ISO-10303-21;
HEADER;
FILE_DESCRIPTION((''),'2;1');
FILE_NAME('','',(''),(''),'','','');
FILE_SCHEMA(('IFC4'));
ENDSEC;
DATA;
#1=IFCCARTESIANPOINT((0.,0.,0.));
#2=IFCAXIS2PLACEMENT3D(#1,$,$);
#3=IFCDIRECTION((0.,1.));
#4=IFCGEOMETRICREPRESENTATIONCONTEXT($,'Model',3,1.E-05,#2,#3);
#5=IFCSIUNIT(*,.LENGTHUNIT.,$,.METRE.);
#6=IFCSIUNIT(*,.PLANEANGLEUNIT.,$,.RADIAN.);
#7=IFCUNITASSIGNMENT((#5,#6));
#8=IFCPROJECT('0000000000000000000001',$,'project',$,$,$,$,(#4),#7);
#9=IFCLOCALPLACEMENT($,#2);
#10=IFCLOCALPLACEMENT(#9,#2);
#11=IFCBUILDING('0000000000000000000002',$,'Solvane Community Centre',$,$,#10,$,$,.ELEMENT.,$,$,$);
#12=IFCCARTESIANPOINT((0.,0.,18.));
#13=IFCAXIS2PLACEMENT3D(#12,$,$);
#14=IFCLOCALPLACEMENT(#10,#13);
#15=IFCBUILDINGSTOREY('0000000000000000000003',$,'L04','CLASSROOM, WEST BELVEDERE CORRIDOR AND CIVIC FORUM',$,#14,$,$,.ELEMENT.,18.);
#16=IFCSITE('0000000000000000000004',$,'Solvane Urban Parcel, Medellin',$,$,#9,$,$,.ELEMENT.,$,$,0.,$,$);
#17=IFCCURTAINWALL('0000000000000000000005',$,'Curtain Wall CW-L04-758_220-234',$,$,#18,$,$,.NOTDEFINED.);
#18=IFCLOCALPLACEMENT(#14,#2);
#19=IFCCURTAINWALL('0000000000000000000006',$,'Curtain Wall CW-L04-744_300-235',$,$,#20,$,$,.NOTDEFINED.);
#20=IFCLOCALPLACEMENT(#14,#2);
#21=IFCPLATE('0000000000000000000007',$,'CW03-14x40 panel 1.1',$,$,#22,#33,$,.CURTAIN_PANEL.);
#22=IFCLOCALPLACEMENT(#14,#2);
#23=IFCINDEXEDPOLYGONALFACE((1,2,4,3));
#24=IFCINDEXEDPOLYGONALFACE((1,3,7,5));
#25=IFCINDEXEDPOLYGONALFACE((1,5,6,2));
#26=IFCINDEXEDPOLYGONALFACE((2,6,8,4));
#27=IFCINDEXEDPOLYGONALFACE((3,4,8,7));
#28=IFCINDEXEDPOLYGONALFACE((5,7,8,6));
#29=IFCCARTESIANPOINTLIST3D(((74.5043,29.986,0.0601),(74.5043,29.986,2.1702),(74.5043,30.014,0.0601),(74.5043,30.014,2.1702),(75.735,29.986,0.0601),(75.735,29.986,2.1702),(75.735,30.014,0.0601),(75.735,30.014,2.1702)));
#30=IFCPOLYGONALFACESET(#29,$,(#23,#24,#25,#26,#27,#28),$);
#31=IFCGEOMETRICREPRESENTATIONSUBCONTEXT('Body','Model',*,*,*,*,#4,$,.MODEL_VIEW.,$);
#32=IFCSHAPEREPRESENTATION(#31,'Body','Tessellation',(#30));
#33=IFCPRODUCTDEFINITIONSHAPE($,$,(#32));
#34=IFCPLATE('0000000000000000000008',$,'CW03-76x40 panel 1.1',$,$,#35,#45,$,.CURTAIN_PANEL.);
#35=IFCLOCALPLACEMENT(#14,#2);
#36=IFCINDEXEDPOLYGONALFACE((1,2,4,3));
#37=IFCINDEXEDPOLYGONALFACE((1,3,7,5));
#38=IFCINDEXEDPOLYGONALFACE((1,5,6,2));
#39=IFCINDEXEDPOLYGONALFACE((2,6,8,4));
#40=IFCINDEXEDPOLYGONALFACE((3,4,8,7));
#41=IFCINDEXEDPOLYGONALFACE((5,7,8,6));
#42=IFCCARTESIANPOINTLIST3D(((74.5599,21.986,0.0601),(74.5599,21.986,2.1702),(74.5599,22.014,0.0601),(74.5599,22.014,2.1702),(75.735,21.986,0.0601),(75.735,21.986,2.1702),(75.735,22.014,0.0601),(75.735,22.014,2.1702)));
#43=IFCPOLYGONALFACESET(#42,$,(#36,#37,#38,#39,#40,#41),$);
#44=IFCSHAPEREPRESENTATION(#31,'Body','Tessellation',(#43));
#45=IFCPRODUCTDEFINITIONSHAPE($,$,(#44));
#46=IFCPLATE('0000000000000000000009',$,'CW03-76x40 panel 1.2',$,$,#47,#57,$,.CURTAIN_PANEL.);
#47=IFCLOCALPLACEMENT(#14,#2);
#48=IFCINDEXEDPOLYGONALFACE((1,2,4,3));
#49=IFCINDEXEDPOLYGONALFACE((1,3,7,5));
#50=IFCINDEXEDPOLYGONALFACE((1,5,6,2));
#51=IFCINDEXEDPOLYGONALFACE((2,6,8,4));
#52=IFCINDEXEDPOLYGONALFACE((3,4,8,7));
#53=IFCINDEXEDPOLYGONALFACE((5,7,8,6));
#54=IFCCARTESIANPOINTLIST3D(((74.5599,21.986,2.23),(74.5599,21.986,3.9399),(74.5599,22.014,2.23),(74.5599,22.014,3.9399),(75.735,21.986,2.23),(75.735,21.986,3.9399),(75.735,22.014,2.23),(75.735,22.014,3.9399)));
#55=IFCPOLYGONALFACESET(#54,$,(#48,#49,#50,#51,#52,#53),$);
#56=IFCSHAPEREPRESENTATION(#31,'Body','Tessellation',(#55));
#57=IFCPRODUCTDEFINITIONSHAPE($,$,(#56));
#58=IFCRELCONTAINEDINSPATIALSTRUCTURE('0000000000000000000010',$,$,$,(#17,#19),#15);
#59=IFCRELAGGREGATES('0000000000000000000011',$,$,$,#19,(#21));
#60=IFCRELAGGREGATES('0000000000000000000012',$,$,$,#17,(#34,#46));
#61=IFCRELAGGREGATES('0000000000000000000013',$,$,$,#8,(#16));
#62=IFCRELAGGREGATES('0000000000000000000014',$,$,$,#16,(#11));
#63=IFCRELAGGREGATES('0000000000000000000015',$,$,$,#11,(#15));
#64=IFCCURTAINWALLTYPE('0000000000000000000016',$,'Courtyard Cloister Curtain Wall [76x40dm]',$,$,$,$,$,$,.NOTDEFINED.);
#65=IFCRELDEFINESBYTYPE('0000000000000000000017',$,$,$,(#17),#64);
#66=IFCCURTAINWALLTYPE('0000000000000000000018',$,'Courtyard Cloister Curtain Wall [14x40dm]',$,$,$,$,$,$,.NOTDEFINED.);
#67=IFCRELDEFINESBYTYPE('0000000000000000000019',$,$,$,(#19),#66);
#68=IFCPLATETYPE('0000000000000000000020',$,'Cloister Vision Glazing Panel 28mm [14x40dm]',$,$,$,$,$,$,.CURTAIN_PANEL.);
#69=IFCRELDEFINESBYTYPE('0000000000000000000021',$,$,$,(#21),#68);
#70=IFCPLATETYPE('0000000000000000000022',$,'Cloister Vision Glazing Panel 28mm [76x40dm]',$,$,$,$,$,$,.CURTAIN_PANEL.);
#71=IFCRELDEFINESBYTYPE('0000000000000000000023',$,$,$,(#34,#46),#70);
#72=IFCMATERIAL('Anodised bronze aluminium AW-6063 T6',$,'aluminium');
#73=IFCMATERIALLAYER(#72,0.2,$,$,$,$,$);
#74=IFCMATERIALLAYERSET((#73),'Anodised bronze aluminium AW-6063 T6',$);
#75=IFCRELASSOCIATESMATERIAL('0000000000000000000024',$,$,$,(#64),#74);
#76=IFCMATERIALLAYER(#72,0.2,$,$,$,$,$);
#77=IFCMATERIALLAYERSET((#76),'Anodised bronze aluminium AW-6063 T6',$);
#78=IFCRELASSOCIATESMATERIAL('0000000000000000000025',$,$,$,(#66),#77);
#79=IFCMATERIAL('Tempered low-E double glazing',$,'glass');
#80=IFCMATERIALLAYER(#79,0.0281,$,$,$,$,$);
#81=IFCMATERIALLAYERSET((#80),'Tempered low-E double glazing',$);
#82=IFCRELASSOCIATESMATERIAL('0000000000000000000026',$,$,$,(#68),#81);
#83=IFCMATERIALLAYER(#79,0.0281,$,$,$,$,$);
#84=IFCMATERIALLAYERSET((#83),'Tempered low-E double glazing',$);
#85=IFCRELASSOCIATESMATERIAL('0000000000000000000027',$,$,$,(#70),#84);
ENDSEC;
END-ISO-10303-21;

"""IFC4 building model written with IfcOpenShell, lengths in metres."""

from ifc_helpers import new_model, si_unit, direction, frame, origin, origin_2d, place, context, subcontext, project, spatial, rectangle, extrude, material, layer, layer_set, type_object, element, aggregate, save


model = new_model("IFC4")

# Units and contexts
model_context = context("Model", 3, precision=1e-05, world=origin(), true_north=direction((0.0, 1.0)))
body_context = subcontext(model_context, "Body", "Model", "MODEL_VIEW")
ifc_project = project(units=[si_unit("LENGTHUNIT", "METRE"), si_unit("PLANEANGLEUNIT", "RADIAN")], contexts=[model_context])

# Site, building, storey
site_placement = place(None, origin())
site = spatial("IfcSite", under=ifc_project, at=site_placement, Name="Solvane Urban Parcel, Medellin", CompositionType="ELEMENT", RefElevation=0.0)
building_placement = place(site_placement, origin())
building = spatial("IfcBuilding", under=site, at=building_placement, Name="Solvane Community Centre", CompositionType="ELEMENT")
storey_placement = place(building_placement, frame((0.0, 0.0, 18.0)))
storey = spatial("IfcBuildingStorey", under=building, at=storey_placement, Name="L04", Description="CLASSROOM, WEST BELVEDERE CORRIDOR AND CIVIC FORUM", CompositionType="ELEMENT", Elevation=18.0)

# Curtain walls
ifc_material_1 = material(Name="Anodised bronze aluminium AW-6063 T6", Category="aluminium")
ifc_layer_1 = layer(ifc_material_1, 0.2)
ifc_layer_set_1 = layer_set([ifc_layer_1], Name="Anodised bronze aluminium AW-6063 T6")
curtain_wall_type_1 = type_object("IfcCurtainWallType", Name="Courtyard Cloister Curtain Wall [76x40dm]", PredefinedType="NOTDEFINED", material=ifc_layer_set_1)
curtain_wall_1_placement = place(storey_placement, origin())
curtain_wall_1 = element("IfcCurtainWall", 1, at=curtain_wall_1_placement, inside=storey, type_object=curtain_wall_type_1, Name="Curtain Wall CW-L04-758_220-234", PredefinedType="NOTDEFINED")
ifc_layer_2 = layer(ifc_material_1, 0.2)
ifc_layer_set_2 = layer_set([ifc_layer_2], Name="Anodised bronze aluminium AW-6063 T6")
curtain_wall_type_2 = type_object("IfcCurtainWallType", Name="Courtyard Cloister Curtain Wall [14x40dm]", PredefinedType="NOTDEFINED", material=ifc_layer_set_2)
curtain_wall_2_placement = place(storey_placement, origin())
curtain_wall_2 = element("IfcCurtainWall", 2, at=curtain_wall_2_placement, inside=storey, type_object=curtain_wall_type_2, Name="Curtain Wall CW-L04-744_300-235", PredefinedType="NOTDEFINED")

# Plates
ifc_material_2 = material(Name="Tempered low-E double glazing", Category="glass")
ifc_layer_3 = layer(ifc_material_2, 0.0281)
ifc_layer_set_3 = layer_set([ifc_layer_3], Name="Tempered low-E double glazing")
plate_type_1 = type_object("IfcPlateType", Name="Cloister Vision Glazing Panel 28mm [14x40dm]", PredefinedType="CURTAIN_PANEL", material=ifc_layer_set_3)
plate_1_placement = place(storey_placement, frame((75.1196, 30.0, 0.0601), z_axis=(0.0, 0.0, 1.0), x_axis=(1.0, 0.0, 0.0)))
plate_1 = element("IfcPlate", 3, at=plate_1_placement, type_object=plate_type_1, Name="CW03-14x40 panel 1.1", PredefinedType="CURTAIN_PANEL", context=body_context, shape_type="SweptSolid", body=[
    extrude(rectangle(XDim=1.2307, YDim=0.0281, at=origin_2d()), origin(), (0.0, 0.0, 1.0), 2.1101),
])
aggregate(curtain_wall_2, [plate_1])
ifc_layer_4 = layer(ifc_material_2, 0.0281)
ifc_layer_set_4 = layer_set([ifc_layer_4], Name="Tempered low-E double glazing")
plate_type_2 = type_object("IfcPlateType", Name="Cloister Vision Glazing Panel 28mm [76x40dm]", PredefinedType="CURTAIN_PANEL", material=ifc_layer_set_4)
plate_2_placement = place(storey_placement, frame((75.1475, 22.0, 0.0601), z_axis=(0.0, 0.0, 1.0), x_axis=(-1.0, 0.0, 0.0)))
plate_2 = element("IfcPlate", 4, at=plate_2_placement, type_object=plate_type_2, Name="CW03-76x40 panel 1.1", PredefinedType="CURTAIN_PANEL", context=body_context, shape_type="SweptSolid", body=[
    extrude(rectangle(XDim=1.175, YDim=0.0281, at=origin_2d()), origin(), (0.0, 0.0, 1.0), 2.1101),
])
plate_3_placement = place(storey_placement, frame((75.1475, 22.0, 2.23), z_axis=(0.0, 0.0, 1.0), x_axis=(-1.0, 0.0, 0.0)))
plate_3 = element("IfcPlate", 5, at=plate_3_placement, type_object=plate_type_2, Name="CW03-76x40 panel 1.2", PredefinedType="CURTAIN_PANEL", context=body_context, shape_type="SweptSolid", body=[
    extrude(rectangle(XDim=1.175, YDim=0.0281, at=origin_2d()), origin(), (0.0, 0.0, 1.0), 1.71),
])
aggregate(curtain_wall_1, [plate_2, plate_3])

save(model, "model.ifc")
